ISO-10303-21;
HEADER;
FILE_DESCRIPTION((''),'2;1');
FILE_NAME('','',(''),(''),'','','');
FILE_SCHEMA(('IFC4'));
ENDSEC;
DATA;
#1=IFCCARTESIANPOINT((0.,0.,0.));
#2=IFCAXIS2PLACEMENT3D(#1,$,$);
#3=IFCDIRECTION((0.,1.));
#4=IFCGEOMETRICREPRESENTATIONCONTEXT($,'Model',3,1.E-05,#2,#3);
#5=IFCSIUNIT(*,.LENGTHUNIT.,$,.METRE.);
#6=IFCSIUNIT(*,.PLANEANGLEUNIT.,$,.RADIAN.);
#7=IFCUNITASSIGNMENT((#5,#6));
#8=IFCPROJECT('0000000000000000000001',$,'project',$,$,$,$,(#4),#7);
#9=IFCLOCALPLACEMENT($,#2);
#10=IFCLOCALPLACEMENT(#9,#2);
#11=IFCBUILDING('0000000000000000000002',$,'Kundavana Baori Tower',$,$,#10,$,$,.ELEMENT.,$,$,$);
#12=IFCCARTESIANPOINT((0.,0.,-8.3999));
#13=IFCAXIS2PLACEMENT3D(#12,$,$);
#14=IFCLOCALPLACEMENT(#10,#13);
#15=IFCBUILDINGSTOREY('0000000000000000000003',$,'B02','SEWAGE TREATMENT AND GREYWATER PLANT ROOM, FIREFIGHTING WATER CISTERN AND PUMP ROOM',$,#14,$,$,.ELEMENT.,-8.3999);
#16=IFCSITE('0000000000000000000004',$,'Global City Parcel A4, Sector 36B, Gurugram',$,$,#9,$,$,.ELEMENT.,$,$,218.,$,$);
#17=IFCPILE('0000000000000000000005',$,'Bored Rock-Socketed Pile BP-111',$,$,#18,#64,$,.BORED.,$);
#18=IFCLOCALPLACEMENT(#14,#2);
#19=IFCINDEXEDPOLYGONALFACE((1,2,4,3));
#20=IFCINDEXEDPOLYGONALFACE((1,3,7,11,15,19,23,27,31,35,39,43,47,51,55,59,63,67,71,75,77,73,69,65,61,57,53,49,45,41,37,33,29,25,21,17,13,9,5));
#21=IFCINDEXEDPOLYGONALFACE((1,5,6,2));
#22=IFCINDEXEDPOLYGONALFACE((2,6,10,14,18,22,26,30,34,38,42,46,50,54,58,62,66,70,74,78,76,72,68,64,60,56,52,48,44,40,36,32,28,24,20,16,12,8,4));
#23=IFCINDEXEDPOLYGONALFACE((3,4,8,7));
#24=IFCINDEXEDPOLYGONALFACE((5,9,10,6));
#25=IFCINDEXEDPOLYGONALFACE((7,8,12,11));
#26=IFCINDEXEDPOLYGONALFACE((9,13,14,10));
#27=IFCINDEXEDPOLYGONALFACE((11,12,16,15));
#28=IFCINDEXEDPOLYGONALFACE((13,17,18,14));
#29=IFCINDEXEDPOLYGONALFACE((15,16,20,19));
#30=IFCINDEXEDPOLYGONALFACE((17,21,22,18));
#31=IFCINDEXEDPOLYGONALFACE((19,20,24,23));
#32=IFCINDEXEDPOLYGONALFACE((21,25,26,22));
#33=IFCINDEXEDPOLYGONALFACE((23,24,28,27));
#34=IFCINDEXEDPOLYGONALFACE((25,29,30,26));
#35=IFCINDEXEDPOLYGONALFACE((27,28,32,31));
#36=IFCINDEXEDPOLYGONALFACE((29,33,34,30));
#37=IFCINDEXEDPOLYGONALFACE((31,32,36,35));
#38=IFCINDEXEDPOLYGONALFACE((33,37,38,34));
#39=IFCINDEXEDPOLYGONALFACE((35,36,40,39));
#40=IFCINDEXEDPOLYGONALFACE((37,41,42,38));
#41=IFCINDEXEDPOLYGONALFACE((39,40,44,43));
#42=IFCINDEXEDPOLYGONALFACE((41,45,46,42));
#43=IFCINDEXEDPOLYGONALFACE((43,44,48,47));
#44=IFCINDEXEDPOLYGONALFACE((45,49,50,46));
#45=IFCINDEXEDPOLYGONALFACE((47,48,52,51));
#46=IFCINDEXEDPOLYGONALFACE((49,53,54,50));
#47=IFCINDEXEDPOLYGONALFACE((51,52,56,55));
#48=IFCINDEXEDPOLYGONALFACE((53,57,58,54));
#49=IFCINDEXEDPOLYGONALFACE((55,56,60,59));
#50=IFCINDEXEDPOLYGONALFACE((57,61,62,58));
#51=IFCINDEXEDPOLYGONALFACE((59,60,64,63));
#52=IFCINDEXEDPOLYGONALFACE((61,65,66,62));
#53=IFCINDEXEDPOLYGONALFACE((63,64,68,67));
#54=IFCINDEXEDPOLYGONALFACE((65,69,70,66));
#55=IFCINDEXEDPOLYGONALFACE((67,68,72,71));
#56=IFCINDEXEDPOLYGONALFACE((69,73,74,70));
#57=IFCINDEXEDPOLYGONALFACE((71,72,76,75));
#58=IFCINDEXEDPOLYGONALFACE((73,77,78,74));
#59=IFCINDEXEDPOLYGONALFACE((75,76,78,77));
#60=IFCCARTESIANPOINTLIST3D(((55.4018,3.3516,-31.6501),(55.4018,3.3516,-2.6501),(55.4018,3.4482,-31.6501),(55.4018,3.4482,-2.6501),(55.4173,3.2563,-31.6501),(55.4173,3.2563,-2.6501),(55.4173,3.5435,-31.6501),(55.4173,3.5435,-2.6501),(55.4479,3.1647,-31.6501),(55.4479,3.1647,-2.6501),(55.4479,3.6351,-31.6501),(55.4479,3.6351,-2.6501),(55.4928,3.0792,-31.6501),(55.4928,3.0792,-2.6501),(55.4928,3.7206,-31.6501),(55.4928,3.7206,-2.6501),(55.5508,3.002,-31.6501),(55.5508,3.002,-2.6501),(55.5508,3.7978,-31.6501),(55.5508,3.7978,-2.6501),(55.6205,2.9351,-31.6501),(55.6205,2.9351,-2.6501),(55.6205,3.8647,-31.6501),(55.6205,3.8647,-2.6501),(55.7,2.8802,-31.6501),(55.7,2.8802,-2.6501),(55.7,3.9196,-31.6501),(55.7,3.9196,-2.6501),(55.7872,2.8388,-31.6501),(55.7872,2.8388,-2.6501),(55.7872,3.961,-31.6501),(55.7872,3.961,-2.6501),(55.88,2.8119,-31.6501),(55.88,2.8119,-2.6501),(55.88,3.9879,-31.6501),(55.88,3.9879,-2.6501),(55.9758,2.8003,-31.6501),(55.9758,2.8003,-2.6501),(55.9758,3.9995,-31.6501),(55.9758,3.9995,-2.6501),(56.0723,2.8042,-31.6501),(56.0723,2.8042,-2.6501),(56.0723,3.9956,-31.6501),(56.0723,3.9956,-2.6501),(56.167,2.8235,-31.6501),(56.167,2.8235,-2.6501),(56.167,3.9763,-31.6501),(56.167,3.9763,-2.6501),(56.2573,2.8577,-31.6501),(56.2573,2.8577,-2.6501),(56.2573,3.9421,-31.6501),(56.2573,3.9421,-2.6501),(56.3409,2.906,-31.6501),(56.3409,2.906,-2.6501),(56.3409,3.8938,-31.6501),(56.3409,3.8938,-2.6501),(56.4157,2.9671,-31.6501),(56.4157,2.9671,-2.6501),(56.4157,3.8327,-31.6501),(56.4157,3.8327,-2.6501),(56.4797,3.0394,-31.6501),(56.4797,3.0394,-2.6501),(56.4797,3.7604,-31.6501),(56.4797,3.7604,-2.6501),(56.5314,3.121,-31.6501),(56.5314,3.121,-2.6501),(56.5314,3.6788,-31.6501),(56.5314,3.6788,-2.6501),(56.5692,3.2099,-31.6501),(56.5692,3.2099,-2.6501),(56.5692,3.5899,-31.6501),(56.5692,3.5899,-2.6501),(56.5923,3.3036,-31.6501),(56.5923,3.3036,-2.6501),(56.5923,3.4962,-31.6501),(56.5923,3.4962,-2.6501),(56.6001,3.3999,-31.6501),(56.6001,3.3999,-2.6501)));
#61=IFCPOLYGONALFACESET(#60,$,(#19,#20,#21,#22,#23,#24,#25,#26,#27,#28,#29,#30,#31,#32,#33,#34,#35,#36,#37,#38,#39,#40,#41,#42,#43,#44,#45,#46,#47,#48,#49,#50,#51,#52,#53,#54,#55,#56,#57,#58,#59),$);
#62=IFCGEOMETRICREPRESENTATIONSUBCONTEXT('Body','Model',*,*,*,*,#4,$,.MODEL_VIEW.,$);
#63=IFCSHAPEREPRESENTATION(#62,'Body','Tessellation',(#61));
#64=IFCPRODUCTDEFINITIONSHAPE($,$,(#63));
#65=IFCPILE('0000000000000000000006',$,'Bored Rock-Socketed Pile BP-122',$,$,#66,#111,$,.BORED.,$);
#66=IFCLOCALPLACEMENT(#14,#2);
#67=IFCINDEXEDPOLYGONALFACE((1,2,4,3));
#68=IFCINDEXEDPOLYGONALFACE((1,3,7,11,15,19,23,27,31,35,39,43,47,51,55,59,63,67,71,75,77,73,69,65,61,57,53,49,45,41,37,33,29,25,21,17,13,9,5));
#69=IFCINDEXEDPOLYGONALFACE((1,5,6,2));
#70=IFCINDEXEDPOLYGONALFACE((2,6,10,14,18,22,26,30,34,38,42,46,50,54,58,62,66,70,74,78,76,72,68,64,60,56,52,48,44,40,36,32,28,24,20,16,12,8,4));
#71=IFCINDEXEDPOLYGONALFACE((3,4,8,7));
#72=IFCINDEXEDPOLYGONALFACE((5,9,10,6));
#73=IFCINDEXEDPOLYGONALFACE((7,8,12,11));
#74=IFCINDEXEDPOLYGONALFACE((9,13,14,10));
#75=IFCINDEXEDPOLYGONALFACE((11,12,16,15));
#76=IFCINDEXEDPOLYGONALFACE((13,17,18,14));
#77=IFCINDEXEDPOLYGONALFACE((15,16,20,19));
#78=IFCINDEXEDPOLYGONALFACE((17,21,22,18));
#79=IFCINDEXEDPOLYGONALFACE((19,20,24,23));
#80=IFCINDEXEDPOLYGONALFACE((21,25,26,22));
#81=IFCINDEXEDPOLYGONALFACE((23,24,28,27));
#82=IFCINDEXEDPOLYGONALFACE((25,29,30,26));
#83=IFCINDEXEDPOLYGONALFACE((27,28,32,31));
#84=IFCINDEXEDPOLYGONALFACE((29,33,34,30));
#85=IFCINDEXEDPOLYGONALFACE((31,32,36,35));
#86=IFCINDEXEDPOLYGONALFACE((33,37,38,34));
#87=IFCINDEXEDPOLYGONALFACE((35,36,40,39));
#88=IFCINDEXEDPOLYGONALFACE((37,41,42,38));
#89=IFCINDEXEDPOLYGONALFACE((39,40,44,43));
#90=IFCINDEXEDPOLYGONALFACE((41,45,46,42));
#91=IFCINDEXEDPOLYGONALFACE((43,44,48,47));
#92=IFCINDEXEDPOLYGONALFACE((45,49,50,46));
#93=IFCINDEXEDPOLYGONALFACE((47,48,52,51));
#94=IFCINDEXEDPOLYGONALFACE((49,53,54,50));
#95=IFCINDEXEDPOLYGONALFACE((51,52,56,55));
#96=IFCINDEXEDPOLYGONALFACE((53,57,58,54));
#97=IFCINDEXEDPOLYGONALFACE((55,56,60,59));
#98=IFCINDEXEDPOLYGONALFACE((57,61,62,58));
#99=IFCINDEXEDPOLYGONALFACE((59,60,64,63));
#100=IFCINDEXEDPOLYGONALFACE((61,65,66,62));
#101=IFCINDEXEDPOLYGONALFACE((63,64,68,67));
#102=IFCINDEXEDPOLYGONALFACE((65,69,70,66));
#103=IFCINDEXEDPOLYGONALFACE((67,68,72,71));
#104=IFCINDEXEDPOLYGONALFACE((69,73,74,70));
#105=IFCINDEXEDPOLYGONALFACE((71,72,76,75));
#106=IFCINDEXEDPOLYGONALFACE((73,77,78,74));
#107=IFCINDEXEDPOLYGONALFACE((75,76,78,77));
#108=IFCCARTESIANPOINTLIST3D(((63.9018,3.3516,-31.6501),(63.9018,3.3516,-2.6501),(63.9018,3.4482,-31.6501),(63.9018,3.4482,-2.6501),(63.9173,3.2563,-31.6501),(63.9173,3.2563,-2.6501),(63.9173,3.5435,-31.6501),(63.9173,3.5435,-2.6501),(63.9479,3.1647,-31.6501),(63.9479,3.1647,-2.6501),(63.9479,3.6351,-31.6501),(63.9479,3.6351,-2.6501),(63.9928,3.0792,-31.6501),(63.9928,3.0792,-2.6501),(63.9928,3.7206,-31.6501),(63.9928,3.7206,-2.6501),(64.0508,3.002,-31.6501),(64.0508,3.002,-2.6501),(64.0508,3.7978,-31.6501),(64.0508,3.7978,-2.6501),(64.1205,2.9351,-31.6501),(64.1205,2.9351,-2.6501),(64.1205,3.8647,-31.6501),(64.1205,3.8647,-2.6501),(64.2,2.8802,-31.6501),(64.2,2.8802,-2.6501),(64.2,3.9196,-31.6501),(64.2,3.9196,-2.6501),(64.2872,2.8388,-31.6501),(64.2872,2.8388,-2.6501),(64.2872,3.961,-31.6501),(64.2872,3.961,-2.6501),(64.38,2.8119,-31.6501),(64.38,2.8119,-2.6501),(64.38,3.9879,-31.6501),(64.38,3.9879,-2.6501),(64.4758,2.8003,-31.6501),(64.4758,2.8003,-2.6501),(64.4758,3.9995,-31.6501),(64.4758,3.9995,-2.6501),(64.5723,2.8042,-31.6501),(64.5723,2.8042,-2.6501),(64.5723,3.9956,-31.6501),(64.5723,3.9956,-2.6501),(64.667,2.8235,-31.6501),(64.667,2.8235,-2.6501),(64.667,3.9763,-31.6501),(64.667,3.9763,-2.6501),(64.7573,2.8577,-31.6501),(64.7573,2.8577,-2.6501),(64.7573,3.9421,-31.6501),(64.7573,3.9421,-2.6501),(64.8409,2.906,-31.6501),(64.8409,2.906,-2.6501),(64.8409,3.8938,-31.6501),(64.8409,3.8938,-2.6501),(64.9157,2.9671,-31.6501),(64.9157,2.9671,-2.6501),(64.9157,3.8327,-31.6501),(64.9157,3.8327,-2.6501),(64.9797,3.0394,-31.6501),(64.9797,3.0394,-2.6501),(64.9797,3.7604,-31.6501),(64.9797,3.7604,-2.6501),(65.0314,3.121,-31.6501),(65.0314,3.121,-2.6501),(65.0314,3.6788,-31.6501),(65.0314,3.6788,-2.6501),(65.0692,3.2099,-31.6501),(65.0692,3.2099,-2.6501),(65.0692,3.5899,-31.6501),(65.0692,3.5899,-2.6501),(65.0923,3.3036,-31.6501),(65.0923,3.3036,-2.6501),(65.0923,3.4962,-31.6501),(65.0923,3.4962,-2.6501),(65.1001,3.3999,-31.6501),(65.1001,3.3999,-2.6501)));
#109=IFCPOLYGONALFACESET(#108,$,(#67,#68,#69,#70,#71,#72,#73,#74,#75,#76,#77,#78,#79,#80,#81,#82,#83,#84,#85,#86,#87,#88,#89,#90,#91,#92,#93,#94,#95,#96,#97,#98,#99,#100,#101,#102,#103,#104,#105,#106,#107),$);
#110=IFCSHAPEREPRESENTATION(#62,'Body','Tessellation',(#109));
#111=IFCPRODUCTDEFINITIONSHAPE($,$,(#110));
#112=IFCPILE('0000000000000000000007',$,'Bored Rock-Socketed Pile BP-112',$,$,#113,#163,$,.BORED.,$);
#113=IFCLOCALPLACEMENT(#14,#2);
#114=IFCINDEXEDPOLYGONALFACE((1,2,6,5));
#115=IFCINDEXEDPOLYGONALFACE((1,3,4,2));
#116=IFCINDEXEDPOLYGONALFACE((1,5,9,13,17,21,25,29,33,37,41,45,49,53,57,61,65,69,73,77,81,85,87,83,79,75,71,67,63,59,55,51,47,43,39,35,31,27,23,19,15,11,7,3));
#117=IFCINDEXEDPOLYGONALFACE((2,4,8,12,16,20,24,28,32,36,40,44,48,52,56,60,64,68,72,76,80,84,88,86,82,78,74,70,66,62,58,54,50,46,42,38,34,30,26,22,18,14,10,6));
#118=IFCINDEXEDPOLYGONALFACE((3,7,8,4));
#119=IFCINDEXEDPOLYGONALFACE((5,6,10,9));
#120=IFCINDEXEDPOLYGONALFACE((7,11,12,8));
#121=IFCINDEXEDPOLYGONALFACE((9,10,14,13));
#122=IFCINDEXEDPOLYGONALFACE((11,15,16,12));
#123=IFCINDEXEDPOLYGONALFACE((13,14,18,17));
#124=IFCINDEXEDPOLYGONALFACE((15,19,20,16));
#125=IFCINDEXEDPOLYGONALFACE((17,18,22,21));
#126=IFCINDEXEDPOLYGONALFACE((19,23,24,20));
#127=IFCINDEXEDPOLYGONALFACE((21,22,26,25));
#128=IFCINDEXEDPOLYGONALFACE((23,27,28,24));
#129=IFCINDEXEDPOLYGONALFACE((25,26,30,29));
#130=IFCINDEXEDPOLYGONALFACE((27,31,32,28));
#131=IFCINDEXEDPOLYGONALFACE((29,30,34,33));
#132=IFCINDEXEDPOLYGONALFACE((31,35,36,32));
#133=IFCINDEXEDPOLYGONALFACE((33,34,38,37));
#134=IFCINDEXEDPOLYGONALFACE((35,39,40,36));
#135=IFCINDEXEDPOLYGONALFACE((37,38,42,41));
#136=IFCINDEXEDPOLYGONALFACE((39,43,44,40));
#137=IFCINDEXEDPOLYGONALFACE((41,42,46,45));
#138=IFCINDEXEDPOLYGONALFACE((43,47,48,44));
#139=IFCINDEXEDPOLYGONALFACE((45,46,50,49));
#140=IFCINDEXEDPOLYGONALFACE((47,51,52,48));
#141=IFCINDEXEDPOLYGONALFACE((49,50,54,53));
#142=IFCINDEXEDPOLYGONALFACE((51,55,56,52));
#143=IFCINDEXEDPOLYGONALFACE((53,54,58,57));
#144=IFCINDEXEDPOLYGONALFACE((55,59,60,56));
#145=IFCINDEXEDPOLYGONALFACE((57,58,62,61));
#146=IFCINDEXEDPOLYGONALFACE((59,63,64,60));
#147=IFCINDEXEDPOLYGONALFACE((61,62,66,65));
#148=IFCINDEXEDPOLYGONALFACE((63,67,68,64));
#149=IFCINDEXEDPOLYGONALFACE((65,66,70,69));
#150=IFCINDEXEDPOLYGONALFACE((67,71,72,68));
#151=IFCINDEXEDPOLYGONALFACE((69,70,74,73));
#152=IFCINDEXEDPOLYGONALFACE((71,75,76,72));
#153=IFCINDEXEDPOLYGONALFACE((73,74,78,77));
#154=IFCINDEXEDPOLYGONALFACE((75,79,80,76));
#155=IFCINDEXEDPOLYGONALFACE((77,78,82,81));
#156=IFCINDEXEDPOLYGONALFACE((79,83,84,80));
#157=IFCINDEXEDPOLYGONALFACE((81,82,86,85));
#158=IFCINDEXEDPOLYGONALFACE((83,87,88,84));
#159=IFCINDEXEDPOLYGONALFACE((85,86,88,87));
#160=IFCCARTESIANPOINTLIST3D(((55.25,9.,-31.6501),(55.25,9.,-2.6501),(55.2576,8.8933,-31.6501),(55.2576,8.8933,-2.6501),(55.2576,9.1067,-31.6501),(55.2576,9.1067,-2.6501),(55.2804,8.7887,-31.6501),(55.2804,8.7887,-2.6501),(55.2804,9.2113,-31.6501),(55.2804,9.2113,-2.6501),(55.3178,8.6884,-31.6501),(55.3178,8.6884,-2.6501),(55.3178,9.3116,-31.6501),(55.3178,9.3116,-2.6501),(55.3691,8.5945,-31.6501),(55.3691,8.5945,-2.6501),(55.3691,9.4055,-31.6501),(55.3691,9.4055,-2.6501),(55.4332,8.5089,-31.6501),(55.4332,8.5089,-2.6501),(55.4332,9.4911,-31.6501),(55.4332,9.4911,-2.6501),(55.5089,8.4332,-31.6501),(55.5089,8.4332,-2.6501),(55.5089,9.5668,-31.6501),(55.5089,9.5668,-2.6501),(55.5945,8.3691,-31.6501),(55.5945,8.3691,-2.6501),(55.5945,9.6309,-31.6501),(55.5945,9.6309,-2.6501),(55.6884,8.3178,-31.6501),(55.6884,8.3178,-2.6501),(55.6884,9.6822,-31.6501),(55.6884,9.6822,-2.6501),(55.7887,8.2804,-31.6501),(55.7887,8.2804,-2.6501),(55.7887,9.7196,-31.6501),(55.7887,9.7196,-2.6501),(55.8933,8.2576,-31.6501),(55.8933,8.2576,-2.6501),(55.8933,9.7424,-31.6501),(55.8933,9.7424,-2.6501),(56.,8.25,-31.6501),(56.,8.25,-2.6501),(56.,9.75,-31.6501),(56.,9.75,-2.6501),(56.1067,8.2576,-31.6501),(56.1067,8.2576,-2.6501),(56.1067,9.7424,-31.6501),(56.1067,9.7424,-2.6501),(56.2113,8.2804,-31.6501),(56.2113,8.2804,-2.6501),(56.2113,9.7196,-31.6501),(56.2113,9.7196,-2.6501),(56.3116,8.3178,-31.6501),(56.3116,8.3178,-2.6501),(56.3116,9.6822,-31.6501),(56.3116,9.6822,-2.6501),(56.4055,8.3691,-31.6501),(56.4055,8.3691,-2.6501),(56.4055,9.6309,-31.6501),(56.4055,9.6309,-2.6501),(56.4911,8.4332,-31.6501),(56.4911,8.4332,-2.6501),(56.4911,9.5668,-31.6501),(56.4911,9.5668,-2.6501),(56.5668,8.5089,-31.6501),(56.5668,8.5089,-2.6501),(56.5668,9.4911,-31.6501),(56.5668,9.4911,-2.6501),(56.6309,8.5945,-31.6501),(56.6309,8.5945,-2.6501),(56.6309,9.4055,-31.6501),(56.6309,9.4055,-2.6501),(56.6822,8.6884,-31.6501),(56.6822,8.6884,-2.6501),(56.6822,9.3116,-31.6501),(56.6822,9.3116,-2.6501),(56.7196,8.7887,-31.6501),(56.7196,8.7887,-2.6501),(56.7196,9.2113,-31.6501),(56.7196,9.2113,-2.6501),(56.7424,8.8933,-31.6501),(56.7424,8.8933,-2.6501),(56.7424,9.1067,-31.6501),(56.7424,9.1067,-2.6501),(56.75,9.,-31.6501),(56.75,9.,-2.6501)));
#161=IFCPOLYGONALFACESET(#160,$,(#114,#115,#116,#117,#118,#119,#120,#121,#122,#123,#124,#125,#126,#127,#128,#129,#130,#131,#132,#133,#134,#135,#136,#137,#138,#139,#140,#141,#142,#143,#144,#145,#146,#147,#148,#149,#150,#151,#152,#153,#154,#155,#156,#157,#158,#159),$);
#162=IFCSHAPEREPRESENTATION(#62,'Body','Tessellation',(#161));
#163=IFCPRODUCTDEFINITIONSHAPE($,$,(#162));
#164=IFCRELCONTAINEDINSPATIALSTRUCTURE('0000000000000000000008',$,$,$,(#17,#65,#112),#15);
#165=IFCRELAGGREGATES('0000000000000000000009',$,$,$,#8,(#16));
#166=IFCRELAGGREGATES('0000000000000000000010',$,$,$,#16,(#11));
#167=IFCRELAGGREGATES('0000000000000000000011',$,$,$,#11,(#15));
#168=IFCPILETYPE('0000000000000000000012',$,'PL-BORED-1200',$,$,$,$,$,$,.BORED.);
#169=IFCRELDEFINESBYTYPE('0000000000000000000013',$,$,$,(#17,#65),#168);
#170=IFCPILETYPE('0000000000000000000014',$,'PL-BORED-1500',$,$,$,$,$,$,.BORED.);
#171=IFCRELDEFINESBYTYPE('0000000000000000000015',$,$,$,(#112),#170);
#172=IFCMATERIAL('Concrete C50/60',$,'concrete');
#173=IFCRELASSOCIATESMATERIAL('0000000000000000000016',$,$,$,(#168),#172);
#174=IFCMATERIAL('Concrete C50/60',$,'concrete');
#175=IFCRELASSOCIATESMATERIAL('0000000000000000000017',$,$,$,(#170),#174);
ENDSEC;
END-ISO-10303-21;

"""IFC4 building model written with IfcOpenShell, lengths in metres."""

from ifc_helpers import new_model, si_unit, direction, frame, origin, origin_2d, place, context, subcontext, project, spatial, circle, extrude, material, material_profile, profile_set, type_object, element, save


model = new_model("IFC4")

# Units and contexts
model_context = context("Model", 3, precision=1e-05, world=origin(), true_north=direction((0.0, 1.0)))
body_context = subcontext(model_context, "Body", "Model", "MODEL_VIEW")
ifc_project = project(units=[si_unit("LENGTHUNIT", "METRE"), si_unit("PLANEANGLEUNIT", "RADIAN")], contexts=[model_context])

# Site, building, storey
site_placement = place(None, origin())
site = spatial("IfcSite", under=ifc_project, at=site_placement, Name="Global City Parcel A4, Sector 36B, Gurugram", CompositionType="ELEMENT", RefElevation=218.0)
building_placement = place(site_placement, origin())
building = spatial("IfcBuilding", under=site, at=building_placement, Name="Kundavana Baori Tower", CompositionType="ELEMENT")
storey_placement = place(building_placement, frame((0.0, 0.0, -8.3999)))
storey = spatial("IfcBuildingStorey", under=building, at=storey_placement, Name="B02", Description="SEWAGE TREATMENT AND GREYWATER PLANT ROOM, FIREFIGHTING WATER CISTERN AND PUMP ROOM", CompositionType="ELEMENT", Elevation=-8.3999)

# Piles
ifc_material_1 = material(Name="Concrete C50/60", Category="concrete")
ifc_material_profile_1 = material_profile(ifc_material_1, circle(Radius=0.6001, at=origin_2d()), Name="BORED PILE D1200")
ifc_profile_set_1 = profile_set([ifc_material_profile_1], Name="Concrete C50/60")
pile_type_1 = type_object("IfcPileType", Name="PL-BORED-1200", PredefinedType="BORED", material=ifc_profile_set_1)
for number, where, z_axis, x_axis, name in (
    (1, (56.0, 3.3999, -2.6501), (0.0, 0.0, -1.0), (1.0, 0.0, 0.0), "Bored Rock-Socketed Pile BP-111"),
    (2, (64.5, 3.3999, -2.6501), (0.0, 0.0, -1.0), (1.0, 0.0, 0.0), "Bored Rock-Socketed Pile BP-122"),
):
    element("IfcPile", number, at=place(storey_placement, frame(where, z_axis=z_axis, x_axis=x_axis)), inside=storey, type_object=pile_type_1, Name=name, PredefinedType="BORED", context=body_context, shape_type="SweptSolid", body=[
        extrude(circle(Radius=0.6001, at=origin_2d()), origin(), (0.0, 0.0, 1.0), 29.0),
    ])
ifc_material_2 = material(Name="Concrete C50/60", Category="concrete")
ifc_material_profile_2 = material_profile(ifc_material_2, circle(Radius=0.75, at=origin_2d()), Name="BORED PILE D1500")
ifc_profile_set_2 = profile_set([ifc_material_profile_2], Name="Concrete C50/60")
pile_type_2 = type_object("IfcPileType", Name="PL-BORED-1500", PredefinedType="BORED", material=ifc_profile_set_2)
for number, where, z_axis, x_axis, name in (
    (3, (56.0, 9.0, -2.6501), (0.0, 0.0, -1.0), (1.0, 0.0, 0.0), "Bored Rock-Socketed Pile BP-112"),
):
    element("IfcPile", number, at=place(storey_placement, frame(where, z_axis=z_axis, x_axis=x_axis)), inside=storey, type_object=pile_type_2, Name=name, PredefinedType="BORED", context=body_context, shape_type="SweptSolid", body=[
        extrude(circle(Radius=0.75, at=origin_2d()), origin(), (0.0, 0.0, 1.0), 29.0),
    ])

save(model, "model.ifc")
